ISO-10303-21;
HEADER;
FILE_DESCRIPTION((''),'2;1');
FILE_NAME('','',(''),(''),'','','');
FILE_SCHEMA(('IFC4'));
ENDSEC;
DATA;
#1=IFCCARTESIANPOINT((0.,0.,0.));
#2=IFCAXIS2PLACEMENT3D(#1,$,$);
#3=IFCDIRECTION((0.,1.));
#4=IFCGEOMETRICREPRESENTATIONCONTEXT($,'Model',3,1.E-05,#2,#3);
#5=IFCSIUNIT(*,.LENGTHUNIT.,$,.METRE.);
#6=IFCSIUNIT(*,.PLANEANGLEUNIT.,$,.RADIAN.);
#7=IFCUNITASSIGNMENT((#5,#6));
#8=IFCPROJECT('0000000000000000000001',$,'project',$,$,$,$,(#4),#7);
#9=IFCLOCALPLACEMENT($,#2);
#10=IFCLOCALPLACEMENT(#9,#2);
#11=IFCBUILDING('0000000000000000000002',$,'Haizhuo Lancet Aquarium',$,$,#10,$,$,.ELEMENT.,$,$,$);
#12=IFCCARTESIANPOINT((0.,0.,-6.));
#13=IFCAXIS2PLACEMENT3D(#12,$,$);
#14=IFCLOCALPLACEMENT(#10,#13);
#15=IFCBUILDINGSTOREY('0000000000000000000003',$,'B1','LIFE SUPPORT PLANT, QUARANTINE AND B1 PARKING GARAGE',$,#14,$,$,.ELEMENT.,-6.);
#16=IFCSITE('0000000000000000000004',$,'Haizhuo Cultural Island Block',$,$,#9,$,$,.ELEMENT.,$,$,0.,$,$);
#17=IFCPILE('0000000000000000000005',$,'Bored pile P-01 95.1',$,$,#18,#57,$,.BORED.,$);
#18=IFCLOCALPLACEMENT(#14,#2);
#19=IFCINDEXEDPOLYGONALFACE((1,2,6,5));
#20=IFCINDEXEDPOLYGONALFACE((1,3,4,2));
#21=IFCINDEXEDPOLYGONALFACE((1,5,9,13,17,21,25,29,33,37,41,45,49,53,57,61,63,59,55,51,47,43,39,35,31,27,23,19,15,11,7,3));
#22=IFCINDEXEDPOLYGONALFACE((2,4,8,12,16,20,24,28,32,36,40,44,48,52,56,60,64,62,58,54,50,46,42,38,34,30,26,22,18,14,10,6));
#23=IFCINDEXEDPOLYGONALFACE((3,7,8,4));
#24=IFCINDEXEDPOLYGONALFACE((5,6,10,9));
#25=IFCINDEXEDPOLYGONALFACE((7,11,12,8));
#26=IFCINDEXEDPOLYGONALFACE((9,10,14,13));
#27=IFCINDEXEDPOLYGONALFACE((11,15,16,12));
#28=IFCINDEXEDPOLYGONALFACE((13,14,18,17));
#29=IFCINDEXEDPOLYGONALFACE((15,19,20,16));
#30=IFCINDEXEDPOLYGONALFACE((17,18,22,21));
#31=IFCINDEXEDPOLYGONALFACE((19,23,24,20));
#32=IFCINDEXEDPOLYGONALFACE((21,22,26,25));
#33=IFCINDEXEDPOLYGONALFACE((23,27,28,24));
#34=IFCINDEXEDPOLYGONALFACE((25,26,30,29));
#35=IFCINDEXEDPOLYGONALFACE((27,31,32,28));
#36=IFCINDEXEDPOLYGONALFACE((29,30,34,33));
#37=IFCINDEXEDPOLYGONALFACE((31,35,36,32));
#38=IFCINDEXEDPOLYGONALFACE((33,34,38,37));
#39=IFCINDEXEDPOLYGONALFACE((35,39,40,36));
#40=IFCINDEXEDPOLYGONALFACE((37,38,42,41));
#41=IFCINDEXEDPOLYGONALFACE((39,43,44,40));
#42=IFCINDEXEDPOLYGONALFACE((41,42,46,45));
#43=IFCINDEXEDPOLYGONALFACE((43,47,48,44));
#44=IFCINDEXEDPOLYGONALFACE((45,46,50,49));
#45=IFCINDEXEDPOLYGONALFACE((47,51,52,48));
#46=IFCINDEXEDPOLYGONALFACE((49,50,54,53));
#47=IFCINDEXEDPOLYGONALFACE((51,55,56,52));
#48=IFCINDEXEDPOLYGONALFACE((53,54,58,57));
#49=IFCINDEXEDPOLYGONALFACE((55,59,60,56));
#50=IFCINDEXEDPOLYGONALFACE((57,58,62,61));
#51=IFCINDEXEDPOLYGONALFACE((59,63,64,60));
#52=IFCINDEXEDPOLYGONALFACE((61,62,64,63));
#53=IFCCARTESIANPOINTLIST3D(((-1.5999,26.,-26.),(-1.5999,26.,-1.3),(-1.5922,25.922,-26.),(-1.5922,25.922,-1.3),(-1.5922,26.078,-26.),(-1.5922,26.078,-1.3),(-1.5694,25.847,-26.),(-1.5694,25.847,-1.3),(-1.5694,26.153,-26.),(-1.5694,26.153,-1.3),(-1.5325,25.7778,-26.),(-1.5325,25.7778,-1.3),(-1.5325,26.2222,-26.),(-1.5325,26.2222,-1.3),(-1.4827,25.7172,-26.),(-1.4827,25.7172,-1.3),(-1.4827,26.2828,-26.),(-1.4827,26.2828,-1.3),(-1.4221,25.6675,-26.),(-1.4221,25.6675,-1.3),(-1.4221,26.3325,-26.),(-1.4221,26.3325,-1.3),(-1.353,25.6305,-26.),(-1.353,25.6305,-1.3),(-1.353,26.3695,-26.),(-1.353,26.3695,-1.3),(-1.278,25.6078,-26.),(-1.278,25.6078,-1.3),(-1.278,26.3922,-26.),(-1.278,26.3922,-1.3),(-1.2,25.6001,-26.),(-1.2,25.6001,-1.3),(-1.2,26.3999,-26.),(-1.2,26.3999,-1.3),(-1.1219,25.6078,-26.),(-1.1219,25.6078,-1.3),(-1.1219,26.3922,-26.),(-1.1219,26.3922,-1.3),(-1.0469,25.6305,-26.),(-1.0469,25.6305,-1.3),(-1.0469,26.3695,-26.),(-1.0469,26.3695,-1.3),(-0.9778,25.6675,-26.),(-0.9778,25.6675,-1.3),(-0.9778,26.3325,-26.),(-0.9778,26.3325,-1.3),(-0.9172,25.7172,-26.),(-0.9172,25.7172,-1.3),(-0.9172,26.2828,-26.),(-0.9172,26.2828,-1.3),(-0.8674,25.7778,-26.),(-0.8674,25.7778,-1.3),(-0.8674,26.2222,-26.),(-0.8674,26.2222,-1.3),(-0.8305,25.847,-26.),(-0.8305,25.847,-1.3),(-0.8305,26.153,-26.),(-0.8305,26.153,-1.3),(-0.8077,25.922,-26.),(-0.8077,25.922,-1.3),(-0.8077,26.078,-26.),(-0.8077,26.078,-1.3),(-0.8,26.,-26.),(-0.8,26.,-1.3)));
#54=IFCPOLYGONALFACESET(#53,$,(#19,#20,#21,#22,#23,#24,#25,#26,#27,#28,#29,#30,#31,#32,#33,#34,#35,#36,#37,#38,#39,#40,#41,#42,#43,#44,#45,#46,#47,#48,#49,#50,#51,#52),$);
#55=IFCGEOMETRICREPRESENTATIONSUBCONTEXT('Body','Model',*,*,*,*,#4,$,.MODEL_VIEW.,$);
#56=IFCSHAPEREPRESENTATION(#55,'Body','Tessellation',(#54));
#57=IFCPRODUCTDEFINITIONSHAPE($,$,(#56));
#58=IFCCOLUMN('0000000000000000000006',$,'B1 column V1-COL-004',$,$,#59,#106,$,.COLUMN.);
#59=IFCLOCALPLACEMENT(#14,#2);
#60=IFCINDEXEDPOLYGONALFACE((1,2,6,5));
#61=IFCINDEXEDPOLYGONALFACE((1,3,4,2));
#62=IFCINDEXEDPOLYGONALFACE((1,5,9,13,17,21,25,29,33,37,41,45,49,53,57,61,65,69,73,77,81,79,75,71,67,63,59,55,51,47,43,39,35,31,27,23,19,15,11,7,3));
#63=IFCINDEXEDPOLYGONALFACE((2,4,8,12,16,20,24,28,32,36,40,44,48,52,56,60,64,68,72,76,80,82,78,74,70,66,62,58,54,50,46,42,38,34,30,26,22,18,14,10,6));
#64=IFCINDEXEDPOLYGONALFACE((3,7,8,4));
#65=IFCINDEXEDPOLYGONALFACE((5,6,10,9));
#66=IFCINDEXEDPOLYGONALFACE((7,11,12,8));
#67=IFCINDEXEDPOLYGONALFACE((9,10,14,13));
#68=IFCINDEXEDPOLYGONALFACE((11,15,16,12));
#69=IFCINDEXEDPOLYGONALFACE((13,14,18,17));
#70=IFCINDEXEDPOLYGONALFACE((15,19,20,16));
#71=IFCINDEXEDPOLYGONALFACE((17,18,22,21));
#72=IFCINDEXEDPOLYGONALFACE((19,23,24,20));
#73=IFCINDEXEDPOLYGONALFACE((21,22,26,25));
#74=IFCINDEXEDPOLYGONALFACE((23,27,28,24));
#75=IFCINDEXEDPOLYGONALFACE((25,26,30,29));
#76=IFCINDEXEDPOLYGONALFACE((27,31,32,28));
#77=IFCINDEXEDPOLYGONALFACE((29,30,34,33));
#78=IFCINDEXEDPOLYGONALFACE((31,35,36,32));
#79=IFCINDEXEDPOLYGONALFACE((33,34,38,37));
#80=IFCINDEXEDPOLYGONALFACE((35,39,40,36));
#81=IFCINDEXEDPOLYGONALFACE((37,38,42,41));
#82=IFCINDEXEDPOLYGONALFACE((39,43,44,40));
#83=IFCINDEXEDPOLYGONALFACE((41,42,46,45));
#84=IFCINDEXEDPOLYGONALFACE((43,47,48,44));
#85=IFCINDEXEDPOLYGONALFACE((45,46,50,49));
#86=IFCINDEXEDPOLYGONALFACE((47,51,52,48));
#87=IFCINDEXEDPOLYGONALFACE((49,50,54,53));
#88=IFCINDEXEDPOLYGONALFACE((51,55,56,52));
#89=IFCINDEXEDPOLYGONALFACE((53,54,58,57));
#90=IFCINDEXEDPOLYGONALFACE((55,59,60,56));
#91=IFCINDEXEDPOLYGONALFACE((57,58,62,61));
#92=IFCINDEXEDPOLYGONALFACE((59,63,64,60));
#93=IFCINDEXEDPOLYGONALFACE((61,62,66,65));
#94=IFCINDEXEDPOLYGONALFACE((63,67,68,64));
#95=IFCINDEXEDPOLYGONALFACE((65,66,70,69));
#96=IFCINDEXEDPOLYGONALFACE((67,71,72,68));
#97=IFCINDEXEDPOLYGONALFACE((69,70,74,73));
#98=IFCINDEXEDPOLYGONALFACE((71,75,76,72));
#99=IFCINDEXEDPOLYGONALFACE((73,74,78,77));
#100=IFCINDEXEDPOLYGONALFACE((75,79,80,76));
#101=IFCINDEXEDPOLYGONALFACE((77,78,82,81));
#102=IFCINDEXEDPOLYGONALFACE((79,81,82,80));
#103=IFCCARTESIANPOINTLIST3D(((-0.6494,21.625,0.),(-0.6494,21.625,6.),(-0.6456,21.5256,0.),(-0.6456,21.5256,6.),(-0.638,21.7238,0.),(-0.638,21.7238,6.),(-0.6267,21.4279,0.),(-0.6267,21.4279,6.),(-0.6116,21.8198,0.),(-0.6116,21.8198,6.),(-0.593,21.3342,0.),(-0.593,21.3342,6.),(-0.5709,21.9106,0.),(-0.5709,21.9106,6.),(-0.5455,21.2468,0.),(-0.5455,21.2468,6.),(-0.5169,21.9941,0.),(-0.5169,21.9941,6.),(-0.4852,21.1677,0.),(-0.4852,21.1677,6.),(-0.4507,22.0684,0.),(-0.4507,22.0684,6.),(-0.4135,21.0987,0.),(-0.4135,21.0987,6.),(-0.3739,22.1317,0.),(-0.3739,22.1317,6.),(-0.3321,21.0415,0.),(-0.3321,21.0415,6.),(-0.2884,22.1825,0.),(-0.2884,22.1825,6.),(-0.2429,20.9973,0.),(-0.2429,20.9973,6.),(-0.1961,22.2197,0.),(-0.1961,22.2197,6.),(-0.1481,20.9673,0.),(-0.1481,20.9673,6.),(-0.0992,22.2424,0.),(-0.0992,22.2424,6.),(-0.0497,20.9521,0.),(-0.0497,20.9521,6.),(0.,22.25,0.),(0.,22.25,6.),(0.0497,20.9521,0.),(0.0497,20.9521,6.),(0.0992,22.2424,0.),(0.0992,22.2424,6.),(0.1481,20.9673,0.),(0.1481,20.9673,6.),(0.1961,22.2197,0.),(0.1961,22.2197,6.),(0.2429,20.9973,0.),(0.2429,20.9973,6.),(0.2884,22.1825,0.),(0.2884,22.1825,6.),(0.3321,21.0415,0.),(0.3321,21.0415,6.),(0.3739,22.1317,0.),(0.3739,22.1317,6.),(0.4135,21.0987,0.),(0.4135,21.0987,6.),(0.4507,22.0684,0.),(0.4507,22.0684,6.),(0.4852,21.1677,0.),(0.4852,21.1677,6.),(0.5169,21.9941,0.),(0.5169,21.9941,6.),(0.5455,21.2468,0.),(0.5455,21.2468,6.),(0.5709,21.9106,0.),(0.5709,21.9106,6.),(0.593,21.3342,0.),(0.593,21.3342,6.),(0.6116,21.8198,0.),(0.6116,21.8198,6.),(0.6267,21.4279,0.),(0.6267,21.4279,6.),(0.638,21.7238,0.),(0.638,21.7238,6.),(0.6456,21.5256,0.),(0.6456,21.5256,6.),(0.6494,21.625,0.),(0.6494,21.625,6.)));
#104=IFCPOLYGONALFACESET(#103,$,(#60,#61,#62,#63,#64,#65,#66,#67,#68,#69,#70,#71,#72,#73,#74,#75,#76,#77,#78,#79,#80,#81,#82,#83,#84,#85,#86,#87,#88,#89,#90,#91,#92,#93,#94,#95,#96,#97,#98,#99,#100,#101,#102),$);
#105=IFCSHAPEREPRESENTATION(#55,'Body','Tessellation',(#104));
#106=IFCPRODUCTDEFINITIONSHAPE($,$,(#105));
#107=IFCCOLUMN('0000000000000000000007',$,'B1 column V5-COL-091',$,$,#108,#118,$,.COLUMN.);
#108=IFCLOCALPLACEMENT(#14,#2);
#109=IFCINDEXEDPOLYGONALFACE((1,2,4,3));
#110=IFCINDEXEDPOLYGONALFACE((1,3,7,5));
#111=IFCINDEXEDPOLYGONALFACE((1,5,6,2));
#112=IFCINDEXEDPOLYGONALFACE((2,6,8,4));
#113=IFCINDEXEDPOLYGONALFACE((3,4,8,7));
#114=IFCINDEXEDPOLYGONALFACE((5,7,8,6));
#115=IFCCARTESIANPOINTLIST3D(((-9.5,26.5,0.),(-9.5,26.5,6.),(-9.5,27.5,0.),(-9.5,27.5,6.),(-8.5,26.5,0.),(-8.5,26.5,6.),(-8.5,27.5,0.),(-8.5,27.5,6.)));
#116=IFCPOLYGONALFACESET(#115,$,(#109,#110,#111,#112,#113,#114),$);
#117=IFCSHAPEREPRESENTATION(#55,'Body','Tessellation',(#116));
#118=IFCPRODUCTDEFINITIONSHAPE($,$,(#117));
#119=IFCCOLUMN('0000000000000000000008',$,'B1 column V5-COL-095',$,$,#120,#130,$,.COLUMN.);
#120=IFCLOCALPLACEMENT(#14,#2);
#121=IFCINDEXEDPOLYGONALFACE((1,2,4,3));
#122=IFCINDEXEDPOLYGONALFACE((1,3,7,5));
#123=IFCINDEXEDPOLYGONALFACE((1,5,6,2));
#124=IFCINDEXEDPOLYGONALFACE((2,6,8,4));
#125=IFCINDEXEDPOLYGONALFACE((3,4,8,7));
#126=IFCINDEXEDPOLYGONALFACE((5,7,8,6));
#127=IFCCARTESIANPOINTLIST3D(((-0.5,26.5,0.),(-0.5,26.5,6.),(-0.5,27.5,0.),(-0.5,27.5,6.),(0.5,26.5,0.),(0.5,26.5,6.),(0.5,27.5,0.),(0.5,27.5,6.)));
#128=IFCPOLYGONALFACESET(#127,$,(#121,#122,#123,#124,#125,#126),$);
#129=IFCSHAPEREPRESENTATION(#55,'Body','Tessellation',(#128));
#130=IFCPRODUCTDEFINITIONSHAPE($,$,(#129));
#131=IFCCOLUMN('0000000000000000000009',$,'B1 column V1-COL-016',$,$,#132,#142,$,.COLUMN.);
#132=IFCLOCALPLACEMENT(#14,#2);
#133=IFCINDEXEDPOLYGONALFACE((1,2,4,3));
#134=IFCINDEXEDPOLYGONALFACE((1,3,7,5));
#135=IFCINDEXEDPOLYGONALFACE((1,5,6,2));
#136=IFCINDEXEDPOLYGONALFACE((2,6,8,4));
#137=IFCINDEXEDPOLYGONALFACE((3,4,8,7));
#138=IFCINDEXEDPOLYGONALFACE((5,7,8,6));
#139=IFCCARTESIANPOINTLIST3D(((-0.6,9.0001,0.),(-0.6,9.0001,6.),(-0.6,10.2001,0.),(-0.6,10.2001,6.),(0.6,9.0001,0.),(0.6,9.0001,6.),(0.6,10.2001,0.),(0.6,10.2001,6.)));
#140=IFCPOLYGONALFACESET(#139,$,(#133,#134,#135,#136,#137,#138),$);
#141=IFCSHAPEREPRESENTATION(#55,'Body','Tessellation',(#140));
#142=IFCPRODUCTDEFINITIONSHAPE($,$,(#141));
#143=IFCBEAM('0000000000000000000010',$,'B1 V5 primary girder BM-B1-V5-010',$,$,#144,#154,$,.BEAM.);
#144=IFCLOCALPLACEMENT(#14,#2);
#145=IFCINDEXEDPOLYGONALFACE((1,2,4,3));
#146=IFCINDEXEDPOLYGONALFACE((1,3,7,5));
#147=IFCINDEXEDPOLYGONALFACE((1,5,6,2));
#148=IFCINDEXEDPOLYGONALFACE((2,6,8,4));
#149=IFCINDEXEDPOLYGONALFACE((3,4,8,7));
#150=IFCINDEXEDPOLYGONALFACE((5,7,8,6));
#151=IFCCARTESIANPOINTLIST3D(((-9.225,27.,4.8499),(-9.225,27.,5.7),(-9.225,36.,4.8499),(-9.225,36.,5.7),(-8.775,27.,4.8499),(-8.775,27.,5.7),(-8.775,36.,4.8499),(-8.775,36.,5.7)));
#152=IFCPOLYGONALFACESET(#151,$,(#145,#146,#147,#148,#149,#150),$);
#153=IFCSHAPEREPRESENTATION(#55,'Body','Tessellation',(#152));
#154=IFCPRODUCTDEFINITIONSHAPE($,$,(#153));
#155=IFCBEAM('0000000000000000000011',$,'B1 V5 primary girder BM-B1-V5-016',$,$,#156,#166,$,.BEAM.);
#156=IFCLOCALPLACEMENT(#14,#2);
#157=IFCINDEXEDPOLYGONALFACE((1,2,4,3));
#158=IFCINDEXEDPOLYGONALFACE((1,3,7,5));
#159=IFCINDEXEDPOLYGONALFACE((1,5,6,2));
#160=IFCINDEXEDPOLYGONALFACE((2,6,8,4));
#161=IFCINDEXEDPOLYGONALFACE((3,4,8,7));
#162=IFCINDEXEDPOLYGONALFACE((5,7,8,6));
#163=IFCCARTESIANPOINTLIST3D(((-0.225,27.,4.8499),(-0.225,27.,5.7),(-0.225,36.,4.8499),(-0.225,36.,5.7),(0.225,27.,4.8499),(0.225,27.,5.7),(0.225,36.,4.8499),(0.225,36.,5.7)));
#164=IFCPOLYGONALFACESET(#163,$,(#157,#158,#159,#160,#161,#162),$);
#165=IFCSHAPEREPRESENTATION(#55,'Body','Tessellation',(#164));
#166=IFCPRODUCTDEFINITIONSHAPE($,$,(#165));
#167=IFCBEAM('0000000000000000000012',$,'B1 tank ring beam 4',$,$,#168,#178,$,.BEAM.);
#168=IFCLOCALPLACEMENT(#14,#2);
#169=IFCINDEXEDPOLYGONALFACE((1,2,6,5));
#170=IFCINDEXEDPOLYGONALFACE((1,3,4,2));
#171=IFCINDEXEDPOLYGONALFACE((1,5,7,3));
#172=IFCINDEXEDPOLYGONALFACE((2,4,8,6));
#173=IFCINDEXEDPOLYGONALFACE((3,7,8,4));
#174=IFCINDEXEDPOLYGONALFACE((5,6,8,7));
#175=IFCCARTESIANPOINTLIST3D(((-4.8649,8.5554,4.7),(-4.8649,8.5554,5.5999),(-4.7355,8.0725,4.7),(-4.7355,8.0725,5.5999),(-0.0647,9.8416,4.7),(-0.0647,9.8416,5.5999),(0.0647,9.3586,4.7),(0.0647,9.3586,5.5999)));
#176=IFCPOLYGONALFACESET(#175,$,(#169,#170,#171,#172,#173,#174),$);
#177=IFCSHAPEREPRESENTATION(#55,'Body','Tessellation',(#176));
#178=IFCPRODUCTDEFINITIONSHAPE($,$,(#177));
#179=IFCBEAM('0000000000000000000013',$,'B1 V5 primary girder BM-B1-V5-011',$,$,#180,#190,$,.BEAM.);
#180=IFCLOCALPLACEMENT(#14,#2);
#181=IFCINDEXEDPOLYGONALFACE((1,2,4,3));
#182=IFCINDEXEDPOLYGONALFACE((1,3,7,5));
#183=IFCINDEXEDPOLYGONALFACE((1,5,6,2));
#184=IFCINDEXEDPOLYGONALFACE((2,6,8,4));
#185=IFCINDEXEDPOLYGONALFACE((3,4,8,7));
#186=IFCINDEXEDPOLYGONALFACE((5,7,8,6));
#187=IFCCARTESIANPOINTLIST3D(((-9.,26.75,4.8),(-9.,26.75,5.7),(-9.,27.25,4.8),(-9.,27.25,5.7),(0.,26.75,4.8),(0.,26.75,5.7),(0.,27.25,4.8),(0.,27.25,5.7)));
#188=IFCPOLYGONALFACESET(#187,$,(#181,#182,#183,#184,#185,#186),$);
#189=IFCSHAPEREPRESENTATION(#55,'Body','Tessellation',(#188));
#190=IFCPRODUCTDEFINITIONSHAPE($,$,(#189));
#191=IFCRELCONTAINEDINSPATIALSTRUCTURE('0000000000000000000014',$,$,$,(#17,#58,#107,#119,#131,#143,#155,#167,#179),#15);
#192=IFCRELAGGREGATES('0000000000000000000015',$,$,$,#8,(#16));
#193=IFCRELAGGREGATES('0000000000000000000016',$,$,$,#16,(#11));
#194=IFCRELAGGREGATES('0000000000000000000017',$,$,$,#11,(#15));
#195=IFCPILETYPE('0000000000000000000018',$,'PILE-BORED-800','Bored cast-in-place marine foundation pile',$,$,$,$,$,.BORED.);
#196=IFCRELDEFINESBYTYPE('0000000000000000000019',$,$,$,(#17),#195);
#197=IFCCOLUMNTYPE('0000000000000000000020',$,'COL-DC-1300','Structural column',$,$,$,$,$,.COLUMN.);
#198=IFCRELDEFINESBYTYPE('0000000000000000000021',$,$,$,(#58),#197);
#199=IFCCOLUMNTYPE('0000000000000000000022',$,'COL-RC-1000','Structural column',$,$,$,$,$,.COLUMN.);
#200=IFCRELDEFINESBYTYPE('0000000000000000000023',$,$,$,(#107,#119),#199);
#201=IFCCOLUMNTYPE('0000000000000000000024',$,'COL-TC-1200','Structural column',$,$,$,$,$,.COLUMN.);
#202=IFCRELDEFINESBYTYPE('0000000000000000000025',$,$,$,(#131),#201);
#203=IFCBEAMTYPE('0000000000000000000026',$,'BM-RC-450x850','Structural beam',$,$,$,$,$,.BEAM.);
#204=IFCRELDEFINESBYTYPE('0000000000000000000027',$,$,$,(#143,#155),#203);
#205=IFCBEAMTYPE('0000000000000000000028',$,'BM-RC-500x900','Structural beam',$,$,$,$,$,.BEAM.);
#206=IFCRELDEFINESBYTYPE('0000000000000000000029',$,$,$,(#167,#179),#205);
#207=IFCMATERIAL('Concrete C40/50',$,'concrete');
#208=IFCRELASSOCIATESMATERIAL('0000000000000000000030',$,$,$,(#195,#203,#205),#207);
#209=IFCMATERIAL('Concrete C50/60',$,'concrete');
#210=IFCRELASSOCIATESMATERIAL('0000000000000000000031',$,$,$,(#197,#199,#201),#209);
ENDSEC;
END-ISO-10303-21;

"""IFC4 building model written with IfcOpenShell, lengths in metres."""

from ifc_helpers import new_model, si_unit, direction, frame, origin, origin_2d, place, context, subcontext, project, spatial, rectangle, circle, extrude, material, material_profile, profile_set, type_object, element, save


model = new_model("IFC4")

# Units and contexts
model_context = context("Model", 3, precision=1e-05, world=origin(), true_north=direction((0.0, 1.0)))
body_context = subcontext(model_context, "Body", "Model", "MODEL_VIEW")
ifc_project = project(units=[si_unit("LENGTHUNIT", "METRE"), si_unit("PLANEANGLEUNIT", "RADIAN")], contexts=[model_context])

# Site, building, storey
site_placement = place(None, origin())
site = spatial("IfcSite", under=ifc_project, at=site_placement, Name="Haizhuo Cultural Island Block", CompositionType="ELEMENT", RefElevation=0.0)
building_placement = place(site_placement, origin())
building = spatial("IfcBuilding", under=site, at=building_placement, Name="Haizhuo Lancet Aquarium", CompositionType="ELEMENT")
storey_placement = place(building_placement, frame((0.0, 0.0, -6.0)))
storey = spatial("IfcBuildingStorey", under=building, at=storey_placement, Name="B1", Description="LIFE SUPPORT PLANT, QUARANTINE AND B1 PARKING GARAGE", CompositionType="ELEMENT", Elevation=-6.0)

# Shared definitions
ifc_material_1 = material(Name="Concrete C40/50", Category="concrete")

# Pile
ifc_material_profile_1 = material_profile(ifc_material_1, circle(Radius=0.3999, at=origin_2d()), Name="PILE-800")
ifc_profile_set_1 = profile_set([ifc_material_profile_1], Name="Concrete C40/50")
pile_type_1 = type_object("IfcPileType", Name="PILE-BORED-800", Description="Bored cast-in-place marine foundation pile", PredefinedType="BORED", material=ifc_profile_set_1)
for number, where, z_axis, x_axis, name in (
    (1, (-1.2, 26.0, -1.3), (0.0, 0.0, -1.0), (1.0, 0.0, 0.0), "Bored pile P-01 95.1"),
):
    element("IfcPile", number, at=place(storey_placement, frame(where, z_axis=z_axis, x_axis=x_axis)), inside=storey, type_object=pile_type_1, Name=name, PredefinedType="BORED", context=body_context, shape_type="SweptSolid", body=[
        extrude(circle(Radius=0.3999, at=origin_2d()), origin(), (0.0, 0.0, 1.0), 24.7),
    ])

# Columns
ifc_material_2 = material(Name="Concrete C50/60", Category="concrete")
ifc_material_profile_2 = material_profile(ifc_material_2, circle(Radius=0.6499, at=origin_2d()), Name="RC-DC 1300")
ifc_profile_set_2 = profile_set([ifc_material_profile_2], Name="Concrete C50/60")
column_type_1 = type_object("IfcColumnType", Name="COL-DC-1300", Description="Structural column", PredefinedType="COLUMN", material=ifc_profile_set_2)
column_1_placement = place(storey_placement, frame((0.0, 21.6001, 0.0), z_axis=(0.0, 0.0, 1.0), x_axis=(0.0, 1.0, 0.0)))
element("IfcColumn", 2, at=column_1_placement, inside=storey, type_object=column_type_1, Name="B1 column V1-COL-004", PredefinedType="COLUMN", context=body_context, shape_type="SweptSolid", body=[
    extrude(circle(Radius=0.6499, at=origin_2d()), origin(), (0.0, 0.0, 1.0), 6.0),
])
ifc_material_profile_3 = material_profile(ifc_material_2, rectangle(XDim=1.0, YDim=1.0, at=origin_2d()), Name="RC-COL 1000x1000")
ifc_profile_set_3 = profile_set([ifc_material_profile_3], Name="Concrete C50/60")
column_type_2 = type_object("IfcColumnType", Name="COL-RC-1000", Description="Structural column", PredefinedType="COLUMN", material=ifc_profile_set_3)
for number, where, z_axis, x_axis, name in (
    (3, (-9.0, 27.0, 0.0), (0.0, 0.0, 1.0), (1.0, 0.0, 0.0), "B1 column V5-COL-091"),
    (4, (0.0, 27.0, 0.0), (0.0, 0.0, 1.0), (1.0, 0.0, 0.0), "B1 column V5-COL-095"),
):
    element("IfcColumn", number, at=place(storey_placement, frame(where, z_axis=z_axis, x_axis=x_axis)), inside=storey, type_object=column_type_2, Name=name, PredefinedType="COLUMN", context=body_context, shape_type="SweptSolid", body=[
        extrude(rectangle(XDim=1.0, YDim=1.0, at=origin_2d()), origin(), (0.0, 0.0, 1.0), 6.0),
    ])
ifc_material_profile_4 = material_profile(ifc_material_2, rectangle(XDim=1.2, YDim=1.2, at=origin_2d()), Name="RC-COL 1200x1200")
ifc_profile_set_4 = profile_set([ifc_material_profile_4], Name="Concrete C50/60")
column_type_3 = type_object("IfcColumnType", Name="COL-TC-1200", Description="Structural column", PredefinedType="COLUMN", material=ifc_profile_set_4)
column_2_placement = place(storey_placement, frame((0.0, 9.6001, 0.0), z_axis=(0.0, 0.0, 1.0), x_axis=(0.0, 1.0, 0.0)))
element("IfcColumn", 5, at=column_2_placement, inside=storey, type_object=column_type_3, Name="B1 column V1-COL-016", PredefinedType="COLUMN", context=body_context, shape_type="SweptSolid", body=[
    extrude(rectangle(XDim=1.2, YDim=1.2, at=origin_2d()), origin(), (0.0, 0.0, 1.0), 6.0),
])

# Beams
ifc_material_profile_5 = material_profile(ifc_material_1, rectangle(XDim=0.45, YDim=0.8501, at=origin_2d()), Name="RC-BM 450x850")
ifc_profile_set_5 = profile_set([ifc_material_profile_5], Name="Concrete C40/50")
beam_type_1 = type_object("IfcBeamType", Name="BM-RC-450x850", Description="Structural beam", PredefinedType="BEAM", material=ifc_profile_set_5)
for number, where, z_axis, x_axis, name in (
    (6, (-9.0, 27.0, 5.2749), (0.0, 1.0, 0.0), (-1.0, 0.0, 0.0), "B1 V5 primary girder BM-B1-V5-010"),
    (7, (0.0, 27.0, 5.2749), (0.0, 1.0, 0.0), (-1.0, 0.0, 0.0), "B1 V5 primary girder BM-B1-V5-016"),
):
    element("IfcBeam", number, at=place(storey_placement, frame(where, z_axis=z_axis, x_axis=x_axis)), inside=storey, type_object=beam_type_1, Name=name, PredefinedType="BEAM", context=body_context, shape_type="SweptSolid", body=[
        extrude(rectangle(XDim=0.45, YDim=0.8501, at=origin_2d()), origin(), (0.0, 0.0, 1.0), 9.0),
    ])
ifc_material_profile_6 = material_profile(ifc_material_1, rectangle(XDim=0.5, YDim=0.8999, at=origin_2d()), Name="RC-BM 500x900")
ifc_profile_set_6 = profile_set([ifc_material_profile_6], Name="Concrete C40/50")
beam_type_2 = type_object("IfcBeamType", Name="BM-RC-500x900", Description="Structural beam", PredefinedType="BEAM", material=ifc_profile_set_6)
beam_1_placement = place(storey_placement, frame((0.0, 9.6001, 5.1499), z_axis=(-0.965928, -0.258812, 0.0), x_axis=(0.258812, -0.965928, 0.0)))
element("IfcBeam", 8, at=beam_1_placement, inside=storey, type_object=beam_type_2, Name="B1 tank ring beam 4", PredefinedType="BEAM", context=body_context, shape_type="SweptSolid", body=[
    extrude(rectangle(XDim=0.5, YDim=0.8999, at=origin_2d()), origin(), (0.0, 0.0, 1.0), 4.9695),
])
for number, where, z_axis, x_axis, name in (
    (9, (-9.0, 27.0, 5.25), (1.0, 0.0, 0.0), (0.0, 1.0, 0.0), "B1 V5 primary girder BM-B1-V5-011"),
):
    element("IfcBeam", number, at=place(storey_placement, frame(where, z_axis=z_axis, x_axis=x_axis)), inside=storey, type_object=beam_type_2, Name=name, PredefinedType="BEAM", context=body_context, shape_type="SweptSolid", body=[
        extrude(rectangle(XDim=0.5, YDim=0.8999, at=origin_2d()), origin(), (0.0, 0.0, 1.0), 9.0),
    ])

save(model, "model.ifc")
